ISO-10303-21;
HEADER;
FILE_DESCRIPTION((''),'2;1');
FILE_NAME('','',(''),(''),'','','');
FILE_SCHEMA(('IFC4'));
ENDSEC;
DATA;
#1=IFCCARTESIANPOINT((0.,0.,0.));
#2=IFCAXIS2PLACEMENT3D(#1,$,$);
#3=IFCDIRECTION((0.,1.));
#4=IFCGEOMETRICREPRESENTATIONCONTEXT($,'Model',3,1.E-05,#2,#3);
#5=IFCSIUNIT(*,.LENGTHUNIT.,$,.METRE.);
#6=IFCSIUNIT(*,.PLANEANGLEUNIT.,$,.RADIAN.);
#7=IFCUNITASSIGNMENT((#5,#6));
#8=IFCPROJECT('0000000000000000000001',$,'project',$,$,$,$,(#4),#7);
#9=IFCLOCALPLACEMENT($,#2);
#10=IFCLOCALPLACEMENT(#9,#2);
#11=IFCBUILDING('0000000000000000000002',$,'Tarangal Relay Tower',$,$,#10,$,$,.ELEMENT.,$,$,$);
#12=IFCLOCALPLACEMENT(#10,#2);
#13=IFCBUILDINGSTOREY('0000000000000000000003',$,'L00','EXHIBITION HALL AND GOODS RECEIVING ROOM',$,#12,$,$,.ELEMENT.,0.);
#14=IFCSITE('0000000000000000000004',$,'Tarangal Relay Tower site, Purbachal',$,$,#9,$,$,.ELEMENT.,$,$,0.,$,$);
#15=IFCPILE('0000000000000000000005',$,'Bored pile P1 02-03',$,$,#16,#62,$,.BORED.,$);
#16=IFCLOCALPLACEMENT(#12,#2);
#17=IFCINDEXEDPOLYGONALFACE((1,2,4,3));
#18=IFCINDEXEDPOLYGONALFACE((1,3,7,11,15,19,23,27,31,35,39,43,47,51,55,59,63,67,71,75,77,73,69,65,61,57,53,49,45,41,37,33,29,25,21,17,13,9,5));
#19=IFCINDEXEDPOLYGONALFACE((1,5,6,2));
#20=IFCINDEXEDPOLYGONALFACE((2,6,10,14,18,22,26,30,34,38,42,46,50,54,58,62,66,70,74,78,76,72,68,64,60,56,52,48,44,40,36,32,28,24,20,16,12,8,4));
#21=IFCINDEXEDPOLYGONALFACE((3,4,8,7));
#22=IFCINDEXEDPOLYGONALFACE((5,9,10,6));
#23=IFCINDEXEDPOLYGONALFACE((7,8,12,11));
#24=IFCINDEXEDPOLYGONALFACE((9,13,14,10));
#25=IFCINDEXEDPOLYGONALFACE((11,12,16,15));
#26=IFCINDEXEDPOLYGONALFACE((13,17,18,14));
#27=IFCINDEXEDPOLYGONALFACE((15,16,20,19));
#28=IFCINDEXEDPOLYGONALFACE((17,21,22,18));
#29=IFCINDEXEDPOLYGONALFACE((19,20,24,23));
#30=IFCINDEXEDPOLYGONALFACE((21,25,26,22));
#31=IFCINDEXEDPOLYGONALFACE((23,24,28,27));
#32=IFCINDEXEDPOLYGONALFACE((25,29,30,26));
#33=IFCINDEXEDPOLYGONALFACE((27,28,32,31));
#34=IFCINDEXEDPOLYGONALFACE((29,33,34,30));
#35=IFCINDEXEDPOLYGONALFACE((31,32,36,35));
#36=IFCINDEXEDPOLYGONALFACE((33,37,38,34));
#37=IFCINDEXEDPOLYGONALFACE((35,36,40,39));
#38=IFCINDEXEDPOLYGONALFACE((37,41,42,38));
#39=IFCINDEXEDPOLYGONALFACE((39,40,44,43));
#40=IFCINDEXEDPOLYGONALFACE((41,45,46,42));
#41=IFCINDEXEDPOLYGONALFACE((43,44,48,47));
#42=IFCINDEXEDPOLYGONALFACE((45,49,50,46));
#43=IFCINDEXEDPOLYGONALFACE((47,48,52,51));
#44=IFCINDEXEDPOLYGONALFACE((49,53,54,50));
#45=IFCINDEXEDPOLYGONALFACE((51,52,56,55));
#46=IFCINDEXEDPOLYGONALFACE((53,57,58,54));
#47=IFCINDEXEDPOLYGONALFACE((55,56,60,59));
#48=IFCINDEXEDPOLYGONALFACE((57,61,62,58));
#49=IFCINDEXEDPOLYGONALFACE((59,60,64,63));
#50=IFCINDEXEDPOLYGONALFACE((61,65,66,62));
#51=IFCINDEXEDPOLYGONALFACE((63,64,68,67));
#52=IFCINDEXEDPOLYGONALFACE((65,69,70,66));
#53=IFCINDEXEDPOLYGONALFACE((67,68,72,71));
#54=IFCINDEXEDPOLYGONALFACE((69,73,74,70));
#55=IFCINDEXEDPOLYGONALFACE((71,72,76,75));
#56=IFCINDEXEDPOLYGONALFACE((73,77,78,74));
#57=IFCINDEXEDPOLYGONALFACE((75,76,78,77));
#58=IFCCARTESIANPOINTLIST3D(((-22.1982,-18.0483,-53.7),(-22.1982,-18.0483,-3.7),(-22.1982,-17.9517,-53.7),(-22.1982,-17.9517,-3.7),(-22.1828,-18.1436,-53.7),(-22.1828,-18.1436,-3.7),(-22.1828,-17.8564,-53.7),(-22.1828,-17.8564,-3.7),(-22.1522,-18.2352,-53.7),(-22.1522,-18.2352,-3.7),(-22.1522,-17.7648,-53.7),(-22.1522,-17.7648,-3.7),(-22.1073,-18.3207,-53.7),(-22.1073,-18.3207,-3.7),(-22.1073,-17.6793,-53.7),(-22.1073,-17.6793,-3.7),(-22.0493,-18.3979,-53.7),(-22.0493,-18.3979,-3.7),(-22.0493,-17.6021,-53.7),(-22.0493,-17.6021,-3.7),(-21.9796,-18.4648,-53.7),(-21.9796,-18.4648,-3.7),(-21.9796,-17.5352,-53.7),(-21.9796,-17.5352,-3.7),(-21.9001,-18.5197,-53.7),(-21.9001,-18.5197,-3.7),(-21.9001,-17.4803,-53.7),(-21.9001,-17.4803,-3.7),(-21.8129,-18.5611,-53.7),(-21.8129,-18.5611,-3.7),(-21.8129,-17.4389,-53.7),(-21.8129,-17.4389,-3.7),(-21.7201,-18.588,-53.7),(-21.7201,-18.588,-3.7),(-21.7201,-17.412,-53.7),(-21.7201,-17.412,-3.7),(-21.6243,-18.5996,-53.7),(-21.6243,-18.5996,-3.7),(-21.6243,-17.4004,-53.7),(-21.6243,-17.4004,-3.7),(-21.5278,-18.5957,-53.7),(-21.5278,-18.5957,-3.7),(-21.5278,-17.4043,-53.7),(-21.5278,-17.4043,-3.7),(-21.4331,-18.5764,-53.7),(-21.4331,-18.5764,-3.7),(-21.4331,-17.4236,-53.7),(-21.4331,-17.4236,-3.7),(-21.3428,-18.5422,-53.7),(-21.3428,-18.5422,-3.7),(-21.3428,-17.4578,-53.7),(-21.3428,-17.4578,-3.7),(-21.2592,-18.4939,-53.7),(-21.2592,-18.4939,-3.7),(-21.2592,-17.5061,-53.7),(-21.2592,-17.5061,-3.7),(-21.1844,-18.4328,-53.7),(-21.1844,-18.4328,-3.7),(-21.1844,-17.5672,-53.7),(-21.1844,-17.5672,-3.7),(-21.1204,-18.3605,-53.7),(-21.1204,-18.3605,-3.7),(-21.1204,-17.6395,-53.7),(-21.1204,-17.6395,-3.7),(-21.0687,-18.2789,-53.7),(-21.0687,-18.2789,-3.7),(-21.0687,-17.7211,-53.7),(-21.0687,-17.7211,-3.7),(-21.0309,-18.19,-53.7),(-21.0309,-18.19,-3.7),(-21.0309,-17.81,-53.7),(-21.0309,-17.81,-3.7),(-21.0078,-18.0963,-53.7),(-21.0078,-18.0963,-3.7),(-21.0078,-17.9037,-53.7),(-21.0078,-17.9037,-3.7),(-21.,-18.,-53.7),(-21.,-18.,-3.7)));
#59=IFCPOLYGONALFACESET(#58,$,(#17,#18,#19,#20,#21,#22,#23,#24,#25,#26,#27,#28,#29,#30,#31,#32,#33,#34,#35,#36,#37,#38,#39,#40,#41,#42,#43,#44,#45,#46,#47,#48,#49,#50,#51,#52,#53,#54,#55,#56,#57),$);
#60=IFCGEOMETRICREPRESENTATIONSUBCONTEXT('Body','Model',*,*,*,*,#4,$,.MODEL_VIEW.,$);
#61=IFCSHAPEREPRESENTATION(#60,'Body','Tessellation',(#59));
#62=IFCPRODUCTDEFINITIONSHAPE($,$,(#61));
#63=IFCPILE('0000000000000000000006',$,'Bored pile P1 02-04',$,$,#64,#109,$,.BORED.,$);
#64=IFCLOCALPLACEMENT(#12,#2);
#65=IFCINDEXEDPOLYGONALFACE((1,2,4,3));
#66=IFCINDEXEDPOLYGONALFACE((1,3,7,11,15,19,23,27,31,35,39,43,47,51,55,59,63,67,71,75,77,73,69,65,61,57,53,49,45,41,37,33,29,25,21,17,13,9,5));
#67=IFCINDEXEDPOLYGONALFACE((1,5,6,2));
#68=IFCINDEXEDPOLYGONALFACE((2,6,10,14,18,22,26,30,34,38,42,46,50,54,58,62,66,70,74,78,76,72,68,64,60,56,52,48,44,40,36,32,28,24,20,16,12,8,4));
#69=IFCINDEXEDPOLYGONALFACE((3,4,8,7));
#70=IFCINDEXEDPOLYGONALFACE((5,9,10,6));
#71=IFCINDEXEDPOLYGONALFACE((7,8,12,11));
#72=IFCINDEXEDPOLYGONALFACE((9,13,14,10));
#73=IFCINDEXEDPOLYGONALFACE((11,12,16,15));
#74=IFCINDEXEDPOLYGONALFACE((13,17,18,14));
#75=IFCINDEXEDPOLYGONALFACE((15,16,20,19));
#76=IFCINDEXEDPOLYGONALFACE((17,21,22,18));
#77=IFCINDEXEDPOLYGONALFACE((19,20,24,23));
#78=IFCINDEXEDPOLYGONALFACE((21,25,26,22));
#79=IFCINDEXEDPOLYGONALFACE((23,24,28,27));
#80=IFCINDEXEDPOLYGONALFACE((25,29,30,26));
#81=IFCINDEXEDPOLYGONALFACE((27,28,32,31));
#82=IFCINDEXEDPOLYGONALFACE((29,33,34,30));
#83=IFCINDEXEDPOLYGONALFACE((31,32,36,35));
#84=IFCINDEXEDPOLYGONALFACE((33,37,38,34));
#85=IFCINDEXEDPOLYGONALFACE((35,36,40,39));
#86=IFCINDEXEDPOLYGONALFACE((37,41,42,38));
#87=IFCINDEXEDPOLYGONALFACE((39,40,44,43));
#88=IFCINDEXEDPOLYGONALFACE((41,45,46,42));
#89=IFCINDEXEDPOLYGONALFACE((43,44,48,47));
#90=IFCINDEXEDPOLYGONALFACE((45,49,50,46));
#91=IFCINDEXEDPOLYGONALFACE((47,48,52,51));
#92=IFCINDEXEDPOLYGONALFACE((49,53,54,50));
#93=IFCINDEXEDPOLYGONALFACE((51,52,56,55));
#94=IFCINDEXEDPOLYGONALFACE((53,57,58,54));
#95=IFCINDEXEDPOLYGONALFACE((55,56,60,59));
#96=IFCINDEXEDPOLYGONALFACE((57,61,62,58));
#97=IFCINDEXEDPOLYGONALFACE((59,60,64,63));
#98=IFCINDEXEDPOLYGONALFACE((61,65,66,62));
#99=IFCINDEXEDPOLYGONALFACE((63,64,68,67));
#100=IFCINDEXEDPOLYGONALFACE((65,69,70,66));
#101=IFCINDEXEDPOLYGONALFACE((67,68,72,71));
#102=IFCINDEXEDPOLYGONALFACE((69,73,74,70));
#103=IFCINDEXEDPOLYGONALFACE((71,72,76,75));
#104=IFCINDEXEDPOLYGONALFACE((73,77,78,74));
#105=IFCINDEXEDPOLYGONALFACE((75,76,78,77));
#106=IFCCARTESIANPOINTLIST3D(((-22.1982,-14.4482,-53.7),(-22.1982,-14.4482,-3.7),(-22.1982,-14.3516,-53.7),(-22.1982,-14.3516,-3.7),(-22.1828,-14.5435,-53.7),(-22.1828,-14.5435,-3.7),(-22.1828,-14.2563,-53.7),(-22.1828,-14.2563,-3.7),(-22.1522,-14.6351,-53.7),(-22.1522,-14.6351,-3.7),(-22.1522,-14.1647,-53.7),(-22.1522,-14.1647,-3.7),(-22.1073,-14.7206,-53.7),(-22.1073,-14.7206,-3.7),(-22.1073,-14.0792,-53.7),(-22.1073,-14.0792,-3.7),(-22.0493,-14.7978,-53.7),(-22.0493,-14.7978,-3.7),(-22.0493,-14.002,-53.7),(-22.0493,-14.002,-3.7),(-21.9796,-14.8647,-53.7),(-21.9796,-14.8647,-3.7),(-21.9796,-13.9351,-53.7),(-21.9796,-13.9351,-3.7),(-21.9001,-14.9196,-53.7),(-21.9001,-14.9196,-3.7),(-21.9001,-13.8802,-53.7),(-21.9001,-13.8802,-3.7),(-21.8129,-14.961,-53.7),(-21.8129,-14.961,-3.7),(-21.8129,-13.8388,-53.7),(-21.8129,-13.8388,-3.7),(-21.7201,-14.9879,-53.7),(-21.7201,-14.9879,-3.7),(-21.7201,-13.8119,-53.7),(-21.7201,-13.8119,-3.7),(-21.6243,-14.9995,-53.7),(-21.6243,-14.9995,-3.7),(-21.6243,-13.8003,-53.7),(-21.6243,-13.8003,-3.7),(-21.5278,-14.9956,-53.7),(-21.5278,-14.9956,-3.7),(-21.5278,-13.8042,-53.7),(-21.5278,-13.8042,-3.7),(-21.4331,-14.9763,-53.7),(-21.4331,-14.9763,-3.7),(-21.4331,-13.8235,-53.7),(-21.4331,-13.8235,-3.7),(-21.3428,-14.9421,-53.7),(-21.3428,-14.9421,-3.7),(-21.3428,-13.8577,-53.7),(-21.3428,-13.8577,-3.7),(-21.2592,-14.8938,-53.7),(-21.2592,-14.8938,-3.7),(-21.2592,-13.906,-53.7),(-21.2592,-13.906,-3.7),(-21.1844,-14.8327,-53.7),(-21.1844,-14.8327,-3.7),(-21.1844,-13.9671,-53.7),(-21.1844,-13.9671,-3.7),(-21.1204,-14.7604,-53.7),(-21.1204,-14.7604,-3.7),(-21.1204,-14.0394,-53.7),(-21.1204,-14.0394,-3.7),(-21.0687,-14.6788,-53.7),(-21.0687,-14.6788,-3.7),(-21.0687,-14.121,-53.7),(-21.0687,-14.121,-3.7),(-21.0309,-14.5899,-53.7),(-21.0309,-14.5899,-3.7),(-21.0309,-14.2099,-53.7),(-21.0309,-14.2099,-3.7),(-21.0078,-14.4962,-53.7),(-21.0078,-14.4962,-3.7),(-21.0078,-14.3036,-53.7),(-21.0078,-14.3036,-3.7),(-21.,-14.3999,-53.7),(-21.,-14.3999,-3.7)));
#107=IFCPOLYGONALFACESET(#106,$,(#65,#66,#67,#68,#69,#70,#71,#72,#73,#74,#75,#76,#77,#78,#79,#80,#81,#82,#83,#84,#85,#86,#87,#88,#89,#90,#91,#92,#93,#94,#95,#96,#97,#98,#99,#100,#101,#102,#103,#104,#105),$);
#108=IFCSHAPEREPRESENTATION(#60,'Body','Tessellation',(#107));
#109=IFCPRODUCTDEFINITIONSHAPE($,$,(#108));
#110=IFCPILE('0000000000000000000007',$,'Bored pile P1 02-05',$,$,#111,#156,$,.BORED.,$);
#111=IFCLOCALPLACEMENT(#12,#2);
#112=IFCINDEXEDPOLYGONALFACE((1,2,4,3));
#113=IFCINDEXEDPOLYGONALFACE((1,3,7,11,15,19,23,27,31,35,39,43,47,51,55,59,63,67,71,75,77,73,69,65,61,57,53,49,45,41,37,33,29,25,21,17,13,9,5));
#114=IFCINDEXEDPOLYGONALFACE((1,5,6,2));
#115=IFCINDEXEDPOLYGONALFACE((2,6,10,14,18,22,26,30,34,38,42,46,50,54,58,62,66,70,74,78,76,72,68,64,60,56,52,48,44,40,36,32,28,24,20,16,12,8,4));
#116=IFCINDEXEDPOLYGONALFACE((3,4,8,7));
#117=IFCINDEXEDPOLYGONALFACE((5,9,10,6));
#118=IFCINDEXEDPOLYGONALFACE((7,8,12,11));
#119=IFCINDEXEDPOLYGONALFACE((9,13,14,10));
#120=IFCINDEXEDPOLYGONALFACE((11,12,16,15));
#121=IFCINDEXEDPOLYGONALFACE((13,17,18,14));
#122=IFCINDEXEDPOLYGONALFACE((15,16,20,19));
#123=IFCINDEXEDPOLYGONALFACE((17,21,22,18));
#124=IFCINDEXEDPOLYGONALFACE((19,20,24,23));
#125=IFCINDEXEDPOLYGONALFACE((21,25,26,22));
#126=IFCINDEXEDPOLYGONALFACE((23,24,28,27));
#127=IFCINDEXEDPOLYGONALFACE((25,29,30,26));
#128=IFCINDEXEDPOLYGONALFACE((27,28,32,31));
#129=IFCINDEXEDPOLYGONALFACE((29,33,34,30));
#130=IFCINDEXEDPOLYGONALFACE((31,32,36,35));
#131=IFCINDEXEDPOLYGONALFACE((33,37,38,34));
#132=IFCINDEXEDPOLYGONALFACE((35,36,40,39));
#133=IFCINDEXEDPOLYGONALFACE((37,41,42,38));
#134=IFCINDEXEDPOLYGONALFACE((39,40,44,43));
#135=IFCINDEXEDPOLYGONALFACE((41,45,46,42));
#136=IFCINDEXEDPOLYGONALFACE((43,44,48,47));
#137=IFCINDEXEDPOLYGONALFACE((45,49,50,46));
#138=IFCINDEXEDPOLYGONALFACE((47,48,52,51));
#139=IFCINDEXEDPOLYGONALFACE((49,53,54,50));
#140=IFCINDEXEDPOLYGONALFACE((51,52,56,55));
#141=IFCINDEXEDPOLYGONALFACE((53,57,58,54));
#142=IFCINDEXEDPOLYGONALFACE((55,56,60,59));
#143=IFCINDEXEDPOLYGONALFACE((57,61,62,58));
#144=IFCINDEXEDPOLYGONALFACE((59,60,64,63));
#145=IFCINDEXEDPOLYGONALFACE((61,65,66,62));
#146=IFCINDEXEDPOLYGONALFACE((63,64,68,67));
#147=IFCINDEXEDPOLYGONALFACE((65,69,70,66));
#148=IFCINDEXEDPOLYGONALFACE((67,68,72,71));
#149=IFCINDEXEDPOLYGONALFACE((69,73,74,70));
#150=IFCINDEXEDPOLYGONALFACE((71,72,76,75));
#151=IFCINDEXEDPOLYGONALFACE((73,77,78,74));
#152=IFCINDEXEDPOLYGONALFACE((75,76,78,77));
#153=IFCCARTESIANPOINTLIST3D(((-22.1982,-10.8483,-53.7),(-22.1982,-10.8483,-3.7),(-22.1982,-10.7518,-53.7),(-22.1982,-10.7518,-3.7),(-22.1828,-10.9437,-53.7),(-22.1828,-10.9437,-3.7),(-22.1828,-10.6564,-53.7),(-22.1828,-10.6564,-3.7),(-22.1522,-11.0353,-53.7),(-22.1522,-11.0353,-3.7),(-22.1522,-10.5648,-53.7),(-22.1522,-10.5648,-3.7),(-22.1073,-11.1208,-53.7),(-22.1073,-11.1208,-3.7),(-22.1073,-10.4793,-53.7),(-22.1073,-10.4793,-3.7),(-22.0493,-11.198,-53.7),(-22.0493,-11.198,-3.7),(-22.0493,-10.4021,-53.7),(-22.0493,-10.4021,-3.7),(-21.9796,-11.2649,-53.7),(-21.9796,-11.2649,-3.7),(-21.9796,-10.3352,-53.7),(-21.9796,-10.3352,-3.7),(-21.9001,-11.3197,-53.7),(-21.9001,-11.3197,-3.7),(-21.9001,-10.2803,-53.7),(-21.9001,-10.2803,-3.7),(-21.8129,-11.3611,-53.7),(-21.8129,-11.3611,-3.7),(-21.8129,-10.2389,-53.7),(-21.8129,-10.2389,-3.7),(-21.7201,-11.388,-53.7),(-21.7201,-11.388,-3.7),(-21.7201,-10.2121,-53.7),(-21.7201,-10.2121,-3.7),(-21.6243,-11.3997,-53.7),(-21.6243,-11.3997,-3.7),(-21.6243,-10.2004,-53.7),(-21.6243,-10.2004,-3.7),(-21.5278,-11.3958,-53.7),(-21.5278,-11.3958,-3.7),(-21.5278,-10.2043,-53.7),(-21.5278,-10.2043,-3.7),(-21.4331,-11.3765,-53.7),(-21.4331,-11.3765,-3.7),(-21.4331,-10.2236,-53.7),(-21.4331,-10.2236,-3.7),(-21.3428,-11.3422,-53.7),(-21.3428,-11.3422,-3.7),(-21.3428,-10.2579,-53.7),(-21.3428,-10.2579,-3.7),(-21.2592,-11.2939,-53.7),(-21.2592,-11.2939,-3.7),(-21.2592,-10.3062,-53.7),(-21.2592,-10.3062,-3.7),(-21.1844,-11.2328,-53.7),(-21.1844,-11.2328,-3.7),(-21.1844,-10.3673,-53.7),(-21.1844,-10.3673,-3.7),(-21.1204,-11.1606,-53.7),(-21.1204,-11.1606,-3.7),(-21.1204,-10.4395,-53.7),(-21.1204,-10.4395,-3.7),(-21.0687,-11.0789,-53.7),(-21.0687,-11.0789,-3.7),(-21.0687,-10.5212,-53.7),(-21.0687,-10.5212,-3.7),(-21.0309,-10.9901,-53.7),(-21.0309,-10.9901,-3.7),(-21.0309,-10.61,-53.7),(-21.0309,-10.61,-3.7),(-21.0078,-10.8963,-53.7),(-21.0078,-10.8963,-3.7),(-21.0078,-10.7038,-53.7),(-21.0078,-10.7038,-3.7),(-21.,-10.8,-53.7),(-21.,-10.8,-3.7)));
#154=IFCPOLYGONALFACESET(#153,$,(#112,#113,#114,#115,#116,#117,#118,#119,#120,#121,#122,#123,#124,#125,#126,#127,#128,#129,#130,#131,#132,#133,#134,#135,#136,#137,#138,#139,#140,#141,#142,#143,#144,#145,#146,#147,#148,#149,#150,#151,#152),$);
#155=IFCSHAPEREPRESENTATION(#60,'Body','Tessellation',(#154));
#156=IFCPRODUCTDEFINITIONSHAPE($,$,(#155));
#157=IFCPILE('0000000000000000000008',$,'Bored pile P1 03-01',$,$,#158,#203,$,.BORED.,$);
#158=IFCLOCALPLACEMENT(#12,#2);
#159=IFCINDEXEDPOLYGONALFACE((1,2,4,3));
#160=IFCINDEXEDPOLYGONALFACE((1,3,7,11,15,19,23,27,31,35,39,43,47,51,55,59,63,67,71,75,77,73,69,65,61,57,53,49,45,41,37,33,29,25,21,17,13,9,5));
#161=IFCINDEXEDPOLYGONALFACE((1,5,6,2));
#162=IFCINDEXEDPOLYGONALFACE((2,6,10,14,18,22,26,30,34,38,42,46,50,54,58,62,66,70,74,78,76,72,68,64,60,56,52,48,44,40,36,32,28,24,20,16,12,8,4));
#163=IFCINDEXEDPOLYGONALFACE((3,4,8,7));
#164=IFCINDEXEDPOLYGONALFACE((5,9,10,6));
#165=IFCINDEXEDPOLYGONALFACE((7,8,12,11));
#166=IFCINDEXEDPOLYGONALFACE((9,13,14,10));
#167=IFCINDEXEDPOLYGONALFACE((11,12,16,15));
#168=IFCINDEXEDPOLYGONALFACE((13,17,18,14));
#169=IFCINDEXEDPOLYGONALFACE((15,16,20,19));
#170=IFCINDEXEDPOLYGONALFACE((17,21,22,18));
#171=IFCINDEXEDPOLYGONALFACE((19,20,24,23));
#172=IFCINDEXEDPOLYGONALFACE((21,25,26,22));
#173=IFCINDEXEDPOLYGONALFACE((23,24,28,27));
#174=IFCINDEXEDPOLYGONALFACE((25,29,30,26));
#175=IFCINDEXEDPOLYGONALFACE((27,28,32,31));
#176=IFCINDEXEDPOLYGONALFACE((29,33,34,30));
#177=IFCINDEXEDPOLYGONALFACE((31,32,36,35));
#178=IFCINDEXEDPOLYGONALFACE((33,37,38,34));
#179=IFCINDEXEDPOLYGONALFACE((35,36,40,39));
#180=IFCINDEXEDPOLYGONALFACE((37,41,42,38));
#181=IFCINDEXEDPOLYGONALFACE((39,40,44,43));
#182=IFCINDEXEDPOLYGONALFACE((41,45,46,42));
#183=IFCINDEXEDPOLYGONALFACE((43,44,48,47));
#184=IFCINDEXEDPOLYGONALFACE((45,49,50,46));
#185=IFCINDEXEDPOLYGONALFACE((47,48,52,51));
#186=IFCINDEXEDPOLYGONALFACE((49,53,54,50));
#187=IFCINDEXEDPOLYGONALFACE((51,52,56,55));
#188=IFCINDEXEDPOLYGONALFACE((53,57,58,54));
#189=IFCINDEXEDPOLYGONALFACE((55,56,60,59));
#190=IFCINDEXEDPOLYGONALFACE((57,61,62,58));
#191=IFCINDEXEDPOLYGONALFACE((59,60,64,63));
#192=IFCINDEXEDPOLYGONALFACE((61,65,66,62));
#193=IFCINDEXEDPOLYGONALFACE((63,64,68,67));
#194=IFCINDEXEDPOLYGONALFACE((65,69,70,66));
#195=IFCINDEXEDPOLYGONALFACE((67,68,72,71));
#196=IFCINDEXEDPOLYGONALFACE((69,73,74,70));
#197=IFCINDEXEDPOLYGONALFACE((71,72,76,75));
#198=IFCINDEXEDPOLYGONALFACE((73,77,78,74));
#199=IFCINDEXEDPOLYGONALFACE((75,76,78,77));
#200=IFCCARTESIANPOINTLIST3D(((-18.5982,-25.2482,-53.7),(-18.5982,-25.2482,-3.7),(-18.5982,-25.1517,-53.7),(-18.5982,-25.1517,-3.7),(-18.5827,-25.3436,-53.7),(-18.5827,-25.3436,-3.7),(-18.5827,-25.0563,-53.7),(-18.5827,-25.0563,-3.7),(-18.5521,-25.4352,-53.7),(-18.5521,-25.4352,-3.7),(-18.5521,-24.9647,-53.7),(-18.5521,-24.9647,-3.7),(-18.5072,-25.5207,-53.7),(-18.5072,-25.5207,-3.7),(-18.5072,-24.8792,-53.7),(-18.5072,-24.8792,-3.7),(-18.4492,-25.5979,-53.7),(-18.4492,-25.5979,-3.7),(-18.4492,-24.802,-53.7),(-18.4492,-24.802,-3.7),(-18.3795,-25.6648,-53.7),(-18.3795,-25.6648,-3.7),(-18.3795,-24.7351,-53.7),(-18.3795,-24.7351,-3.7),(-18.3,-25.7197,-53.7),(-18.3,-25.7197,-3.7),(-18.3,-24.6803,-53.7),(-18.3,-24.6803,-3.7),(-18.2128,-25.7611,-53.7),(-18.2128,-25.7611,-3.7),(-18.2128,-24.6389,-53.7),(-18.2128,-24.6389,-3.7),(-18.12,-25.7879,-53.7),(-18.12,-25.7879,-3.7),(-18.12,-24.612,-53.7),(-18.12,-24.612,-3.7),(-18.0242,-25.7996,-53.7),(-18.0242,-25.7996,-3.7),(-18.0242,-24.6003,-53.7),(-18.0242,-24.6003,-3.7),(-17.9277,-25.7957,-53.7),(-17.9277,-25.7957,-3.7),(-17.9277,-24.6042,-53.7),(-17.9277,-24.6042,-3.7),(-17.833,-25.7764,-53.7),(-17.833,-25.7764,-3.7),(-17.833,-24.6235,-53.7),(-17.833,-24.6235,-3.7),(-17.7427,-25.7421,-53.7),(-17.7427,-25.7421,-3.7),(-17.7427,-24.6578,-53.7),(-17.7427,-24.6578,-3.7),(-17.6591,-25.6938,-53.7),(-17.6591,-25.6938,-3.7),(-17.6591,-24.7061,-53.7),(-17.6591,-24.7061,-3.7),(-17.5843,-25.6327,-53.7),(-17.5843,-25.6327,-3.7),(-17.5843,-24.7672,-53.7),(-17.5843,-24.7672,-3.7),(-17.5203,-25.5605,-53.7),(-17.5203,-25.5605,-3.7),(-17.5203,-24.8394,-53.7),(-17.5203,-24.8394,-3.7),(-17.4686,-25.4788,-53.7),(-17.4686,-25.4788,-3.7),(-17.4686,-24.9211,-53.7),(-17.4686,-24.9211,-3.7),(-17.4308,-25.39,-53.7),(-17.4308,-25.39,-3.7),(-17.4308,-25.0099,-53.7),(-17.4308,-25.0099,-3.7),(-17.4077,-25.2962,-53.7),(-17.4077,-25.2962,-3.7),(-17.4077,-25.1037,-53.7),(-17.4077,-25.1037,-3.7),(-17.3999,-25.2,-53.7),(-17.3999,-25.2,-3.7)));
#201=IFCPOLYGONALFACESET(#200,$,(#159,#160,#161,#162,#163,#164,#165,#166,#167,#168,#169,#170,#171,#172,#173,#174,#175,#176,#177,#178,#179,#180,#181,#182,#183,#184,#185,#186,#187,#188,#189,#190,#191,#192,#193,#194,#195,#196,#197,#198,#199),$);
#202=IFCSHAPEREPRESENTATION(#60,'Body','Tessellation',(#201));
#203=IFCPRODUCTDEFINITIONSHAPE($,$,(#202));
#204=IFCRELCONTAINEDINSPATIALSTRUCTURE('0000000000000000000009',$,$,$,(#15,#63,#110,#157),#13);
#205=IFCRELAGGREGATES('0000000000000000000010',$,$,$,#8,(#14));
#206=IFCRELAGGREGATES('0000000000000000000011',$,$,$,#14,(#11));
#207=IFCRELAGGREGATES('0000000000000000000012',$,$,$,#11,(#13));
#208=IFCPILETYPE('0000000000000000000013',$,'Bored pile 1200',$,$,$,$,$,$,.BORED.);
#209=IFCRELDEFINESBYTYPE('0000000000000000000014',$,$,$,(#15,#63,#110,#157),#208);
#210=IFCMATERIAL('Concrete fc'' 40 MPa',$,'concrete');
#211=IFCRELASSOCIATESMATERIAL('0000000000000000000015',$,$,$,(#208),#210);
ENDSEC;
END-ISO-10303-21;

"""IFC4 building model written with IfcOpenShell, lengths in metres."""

from ifc_helpers import new_model, si_unit, direction, frame, origin, origin_2d, place, context, subcontext, project, spatial, circle, extrude, material, material_profile, profile_set, type_object, element, save


model = new_model("IFC4")

# Units and contexts
model_context = context("Model", 3, precision=1e-05, world=origin(), true_north=direction((0.0, 1.0)))
body_context = subcontext(model_context, "Body", "Model", "MODEL_VIEW")
ifc_project = project(units=[si_unit("LENGTHUNIT", "METRE"), si_unit("PLANEANGLEUNIT", "RADIAN")], contexts=[model_context])

# Site, building, storey
site_placement = place(None, origin())
site = spatial("IfcSite", under=ifc_project, at=site_placement, Name="Tarangal Relay Tower site, Purbachal", CompositionType="ELEMENT", RefElevation=0.0)
building_placement = place(site_placement, origin())
building = spatial("IfcBuilding", under=site, at=building_placement, Name="Tarangal Relay Tower", CompositionType="ELEMENT")
storey_placement = place(building_placement, origin())
storey = spatial("IfcBuildingStorey", under=building, at=storey_placement, Name="L00", Description="EXHIBITION HALL AND GOODS RECEIVING ROOM", CompositionType="ELEMENT", Elevation=0.0)

# Piles
ifc_material_1 = material(Name="Concrete fc' 40 MPa", Category="concrete")
ifc_material_profile = material_profile(ifc_material_1, circle(Radius=0.6001, at=origin_2d()), Name="D1200")
ifc_profile_set = profile_set([ifc_material_profile], Name="Concrete fc' 40 MPa")
pile_type = type_object("IfcPileType", Name="Bored pile 1200", PredefinedType="BORED", material=ifc_profile_set)
for number, where, z_axis, x_axis, name in (
    (1, (-21.6001, -18.0, -3.7), (0.0, 0.0, -1.0), (1.0, 0.0, 0.0), "Bored pile P1 02-03"),
    (2, (-21.6001, -14.3999, -3.7), (0.0, 0.0, -1.0), (1.0, 0.0, 0.0), "Bored pile P1 02-04"),
    (3, (-21.6001, -10.8, -3.7), (0.0, 0.0, -1.0), (1.0, 0.0, 0.0), "Bored pile P1 02-05"),
    (4, (-18.0, -25.2, -3.7), (0.0, 0.0, -1.0), (1.0, 0.0, 0.0), "Bored pile P1 03-01"),
):
    element("IfcPile", number, at=place(storey_placement, frame(where, z_axis=z_axis, x_axis=x_axis)), inside=storey, type_object=pile_type, Name=name, PredefinedType="BORED", context=body_context, shape_type="SweptSolid", body=[
        extrude(circle(Radius=0.6001, at=origin_2d()), origin(), (0.0, 0.0, 1.0), 50.0),
    ])

save(model, "model.ifc")
